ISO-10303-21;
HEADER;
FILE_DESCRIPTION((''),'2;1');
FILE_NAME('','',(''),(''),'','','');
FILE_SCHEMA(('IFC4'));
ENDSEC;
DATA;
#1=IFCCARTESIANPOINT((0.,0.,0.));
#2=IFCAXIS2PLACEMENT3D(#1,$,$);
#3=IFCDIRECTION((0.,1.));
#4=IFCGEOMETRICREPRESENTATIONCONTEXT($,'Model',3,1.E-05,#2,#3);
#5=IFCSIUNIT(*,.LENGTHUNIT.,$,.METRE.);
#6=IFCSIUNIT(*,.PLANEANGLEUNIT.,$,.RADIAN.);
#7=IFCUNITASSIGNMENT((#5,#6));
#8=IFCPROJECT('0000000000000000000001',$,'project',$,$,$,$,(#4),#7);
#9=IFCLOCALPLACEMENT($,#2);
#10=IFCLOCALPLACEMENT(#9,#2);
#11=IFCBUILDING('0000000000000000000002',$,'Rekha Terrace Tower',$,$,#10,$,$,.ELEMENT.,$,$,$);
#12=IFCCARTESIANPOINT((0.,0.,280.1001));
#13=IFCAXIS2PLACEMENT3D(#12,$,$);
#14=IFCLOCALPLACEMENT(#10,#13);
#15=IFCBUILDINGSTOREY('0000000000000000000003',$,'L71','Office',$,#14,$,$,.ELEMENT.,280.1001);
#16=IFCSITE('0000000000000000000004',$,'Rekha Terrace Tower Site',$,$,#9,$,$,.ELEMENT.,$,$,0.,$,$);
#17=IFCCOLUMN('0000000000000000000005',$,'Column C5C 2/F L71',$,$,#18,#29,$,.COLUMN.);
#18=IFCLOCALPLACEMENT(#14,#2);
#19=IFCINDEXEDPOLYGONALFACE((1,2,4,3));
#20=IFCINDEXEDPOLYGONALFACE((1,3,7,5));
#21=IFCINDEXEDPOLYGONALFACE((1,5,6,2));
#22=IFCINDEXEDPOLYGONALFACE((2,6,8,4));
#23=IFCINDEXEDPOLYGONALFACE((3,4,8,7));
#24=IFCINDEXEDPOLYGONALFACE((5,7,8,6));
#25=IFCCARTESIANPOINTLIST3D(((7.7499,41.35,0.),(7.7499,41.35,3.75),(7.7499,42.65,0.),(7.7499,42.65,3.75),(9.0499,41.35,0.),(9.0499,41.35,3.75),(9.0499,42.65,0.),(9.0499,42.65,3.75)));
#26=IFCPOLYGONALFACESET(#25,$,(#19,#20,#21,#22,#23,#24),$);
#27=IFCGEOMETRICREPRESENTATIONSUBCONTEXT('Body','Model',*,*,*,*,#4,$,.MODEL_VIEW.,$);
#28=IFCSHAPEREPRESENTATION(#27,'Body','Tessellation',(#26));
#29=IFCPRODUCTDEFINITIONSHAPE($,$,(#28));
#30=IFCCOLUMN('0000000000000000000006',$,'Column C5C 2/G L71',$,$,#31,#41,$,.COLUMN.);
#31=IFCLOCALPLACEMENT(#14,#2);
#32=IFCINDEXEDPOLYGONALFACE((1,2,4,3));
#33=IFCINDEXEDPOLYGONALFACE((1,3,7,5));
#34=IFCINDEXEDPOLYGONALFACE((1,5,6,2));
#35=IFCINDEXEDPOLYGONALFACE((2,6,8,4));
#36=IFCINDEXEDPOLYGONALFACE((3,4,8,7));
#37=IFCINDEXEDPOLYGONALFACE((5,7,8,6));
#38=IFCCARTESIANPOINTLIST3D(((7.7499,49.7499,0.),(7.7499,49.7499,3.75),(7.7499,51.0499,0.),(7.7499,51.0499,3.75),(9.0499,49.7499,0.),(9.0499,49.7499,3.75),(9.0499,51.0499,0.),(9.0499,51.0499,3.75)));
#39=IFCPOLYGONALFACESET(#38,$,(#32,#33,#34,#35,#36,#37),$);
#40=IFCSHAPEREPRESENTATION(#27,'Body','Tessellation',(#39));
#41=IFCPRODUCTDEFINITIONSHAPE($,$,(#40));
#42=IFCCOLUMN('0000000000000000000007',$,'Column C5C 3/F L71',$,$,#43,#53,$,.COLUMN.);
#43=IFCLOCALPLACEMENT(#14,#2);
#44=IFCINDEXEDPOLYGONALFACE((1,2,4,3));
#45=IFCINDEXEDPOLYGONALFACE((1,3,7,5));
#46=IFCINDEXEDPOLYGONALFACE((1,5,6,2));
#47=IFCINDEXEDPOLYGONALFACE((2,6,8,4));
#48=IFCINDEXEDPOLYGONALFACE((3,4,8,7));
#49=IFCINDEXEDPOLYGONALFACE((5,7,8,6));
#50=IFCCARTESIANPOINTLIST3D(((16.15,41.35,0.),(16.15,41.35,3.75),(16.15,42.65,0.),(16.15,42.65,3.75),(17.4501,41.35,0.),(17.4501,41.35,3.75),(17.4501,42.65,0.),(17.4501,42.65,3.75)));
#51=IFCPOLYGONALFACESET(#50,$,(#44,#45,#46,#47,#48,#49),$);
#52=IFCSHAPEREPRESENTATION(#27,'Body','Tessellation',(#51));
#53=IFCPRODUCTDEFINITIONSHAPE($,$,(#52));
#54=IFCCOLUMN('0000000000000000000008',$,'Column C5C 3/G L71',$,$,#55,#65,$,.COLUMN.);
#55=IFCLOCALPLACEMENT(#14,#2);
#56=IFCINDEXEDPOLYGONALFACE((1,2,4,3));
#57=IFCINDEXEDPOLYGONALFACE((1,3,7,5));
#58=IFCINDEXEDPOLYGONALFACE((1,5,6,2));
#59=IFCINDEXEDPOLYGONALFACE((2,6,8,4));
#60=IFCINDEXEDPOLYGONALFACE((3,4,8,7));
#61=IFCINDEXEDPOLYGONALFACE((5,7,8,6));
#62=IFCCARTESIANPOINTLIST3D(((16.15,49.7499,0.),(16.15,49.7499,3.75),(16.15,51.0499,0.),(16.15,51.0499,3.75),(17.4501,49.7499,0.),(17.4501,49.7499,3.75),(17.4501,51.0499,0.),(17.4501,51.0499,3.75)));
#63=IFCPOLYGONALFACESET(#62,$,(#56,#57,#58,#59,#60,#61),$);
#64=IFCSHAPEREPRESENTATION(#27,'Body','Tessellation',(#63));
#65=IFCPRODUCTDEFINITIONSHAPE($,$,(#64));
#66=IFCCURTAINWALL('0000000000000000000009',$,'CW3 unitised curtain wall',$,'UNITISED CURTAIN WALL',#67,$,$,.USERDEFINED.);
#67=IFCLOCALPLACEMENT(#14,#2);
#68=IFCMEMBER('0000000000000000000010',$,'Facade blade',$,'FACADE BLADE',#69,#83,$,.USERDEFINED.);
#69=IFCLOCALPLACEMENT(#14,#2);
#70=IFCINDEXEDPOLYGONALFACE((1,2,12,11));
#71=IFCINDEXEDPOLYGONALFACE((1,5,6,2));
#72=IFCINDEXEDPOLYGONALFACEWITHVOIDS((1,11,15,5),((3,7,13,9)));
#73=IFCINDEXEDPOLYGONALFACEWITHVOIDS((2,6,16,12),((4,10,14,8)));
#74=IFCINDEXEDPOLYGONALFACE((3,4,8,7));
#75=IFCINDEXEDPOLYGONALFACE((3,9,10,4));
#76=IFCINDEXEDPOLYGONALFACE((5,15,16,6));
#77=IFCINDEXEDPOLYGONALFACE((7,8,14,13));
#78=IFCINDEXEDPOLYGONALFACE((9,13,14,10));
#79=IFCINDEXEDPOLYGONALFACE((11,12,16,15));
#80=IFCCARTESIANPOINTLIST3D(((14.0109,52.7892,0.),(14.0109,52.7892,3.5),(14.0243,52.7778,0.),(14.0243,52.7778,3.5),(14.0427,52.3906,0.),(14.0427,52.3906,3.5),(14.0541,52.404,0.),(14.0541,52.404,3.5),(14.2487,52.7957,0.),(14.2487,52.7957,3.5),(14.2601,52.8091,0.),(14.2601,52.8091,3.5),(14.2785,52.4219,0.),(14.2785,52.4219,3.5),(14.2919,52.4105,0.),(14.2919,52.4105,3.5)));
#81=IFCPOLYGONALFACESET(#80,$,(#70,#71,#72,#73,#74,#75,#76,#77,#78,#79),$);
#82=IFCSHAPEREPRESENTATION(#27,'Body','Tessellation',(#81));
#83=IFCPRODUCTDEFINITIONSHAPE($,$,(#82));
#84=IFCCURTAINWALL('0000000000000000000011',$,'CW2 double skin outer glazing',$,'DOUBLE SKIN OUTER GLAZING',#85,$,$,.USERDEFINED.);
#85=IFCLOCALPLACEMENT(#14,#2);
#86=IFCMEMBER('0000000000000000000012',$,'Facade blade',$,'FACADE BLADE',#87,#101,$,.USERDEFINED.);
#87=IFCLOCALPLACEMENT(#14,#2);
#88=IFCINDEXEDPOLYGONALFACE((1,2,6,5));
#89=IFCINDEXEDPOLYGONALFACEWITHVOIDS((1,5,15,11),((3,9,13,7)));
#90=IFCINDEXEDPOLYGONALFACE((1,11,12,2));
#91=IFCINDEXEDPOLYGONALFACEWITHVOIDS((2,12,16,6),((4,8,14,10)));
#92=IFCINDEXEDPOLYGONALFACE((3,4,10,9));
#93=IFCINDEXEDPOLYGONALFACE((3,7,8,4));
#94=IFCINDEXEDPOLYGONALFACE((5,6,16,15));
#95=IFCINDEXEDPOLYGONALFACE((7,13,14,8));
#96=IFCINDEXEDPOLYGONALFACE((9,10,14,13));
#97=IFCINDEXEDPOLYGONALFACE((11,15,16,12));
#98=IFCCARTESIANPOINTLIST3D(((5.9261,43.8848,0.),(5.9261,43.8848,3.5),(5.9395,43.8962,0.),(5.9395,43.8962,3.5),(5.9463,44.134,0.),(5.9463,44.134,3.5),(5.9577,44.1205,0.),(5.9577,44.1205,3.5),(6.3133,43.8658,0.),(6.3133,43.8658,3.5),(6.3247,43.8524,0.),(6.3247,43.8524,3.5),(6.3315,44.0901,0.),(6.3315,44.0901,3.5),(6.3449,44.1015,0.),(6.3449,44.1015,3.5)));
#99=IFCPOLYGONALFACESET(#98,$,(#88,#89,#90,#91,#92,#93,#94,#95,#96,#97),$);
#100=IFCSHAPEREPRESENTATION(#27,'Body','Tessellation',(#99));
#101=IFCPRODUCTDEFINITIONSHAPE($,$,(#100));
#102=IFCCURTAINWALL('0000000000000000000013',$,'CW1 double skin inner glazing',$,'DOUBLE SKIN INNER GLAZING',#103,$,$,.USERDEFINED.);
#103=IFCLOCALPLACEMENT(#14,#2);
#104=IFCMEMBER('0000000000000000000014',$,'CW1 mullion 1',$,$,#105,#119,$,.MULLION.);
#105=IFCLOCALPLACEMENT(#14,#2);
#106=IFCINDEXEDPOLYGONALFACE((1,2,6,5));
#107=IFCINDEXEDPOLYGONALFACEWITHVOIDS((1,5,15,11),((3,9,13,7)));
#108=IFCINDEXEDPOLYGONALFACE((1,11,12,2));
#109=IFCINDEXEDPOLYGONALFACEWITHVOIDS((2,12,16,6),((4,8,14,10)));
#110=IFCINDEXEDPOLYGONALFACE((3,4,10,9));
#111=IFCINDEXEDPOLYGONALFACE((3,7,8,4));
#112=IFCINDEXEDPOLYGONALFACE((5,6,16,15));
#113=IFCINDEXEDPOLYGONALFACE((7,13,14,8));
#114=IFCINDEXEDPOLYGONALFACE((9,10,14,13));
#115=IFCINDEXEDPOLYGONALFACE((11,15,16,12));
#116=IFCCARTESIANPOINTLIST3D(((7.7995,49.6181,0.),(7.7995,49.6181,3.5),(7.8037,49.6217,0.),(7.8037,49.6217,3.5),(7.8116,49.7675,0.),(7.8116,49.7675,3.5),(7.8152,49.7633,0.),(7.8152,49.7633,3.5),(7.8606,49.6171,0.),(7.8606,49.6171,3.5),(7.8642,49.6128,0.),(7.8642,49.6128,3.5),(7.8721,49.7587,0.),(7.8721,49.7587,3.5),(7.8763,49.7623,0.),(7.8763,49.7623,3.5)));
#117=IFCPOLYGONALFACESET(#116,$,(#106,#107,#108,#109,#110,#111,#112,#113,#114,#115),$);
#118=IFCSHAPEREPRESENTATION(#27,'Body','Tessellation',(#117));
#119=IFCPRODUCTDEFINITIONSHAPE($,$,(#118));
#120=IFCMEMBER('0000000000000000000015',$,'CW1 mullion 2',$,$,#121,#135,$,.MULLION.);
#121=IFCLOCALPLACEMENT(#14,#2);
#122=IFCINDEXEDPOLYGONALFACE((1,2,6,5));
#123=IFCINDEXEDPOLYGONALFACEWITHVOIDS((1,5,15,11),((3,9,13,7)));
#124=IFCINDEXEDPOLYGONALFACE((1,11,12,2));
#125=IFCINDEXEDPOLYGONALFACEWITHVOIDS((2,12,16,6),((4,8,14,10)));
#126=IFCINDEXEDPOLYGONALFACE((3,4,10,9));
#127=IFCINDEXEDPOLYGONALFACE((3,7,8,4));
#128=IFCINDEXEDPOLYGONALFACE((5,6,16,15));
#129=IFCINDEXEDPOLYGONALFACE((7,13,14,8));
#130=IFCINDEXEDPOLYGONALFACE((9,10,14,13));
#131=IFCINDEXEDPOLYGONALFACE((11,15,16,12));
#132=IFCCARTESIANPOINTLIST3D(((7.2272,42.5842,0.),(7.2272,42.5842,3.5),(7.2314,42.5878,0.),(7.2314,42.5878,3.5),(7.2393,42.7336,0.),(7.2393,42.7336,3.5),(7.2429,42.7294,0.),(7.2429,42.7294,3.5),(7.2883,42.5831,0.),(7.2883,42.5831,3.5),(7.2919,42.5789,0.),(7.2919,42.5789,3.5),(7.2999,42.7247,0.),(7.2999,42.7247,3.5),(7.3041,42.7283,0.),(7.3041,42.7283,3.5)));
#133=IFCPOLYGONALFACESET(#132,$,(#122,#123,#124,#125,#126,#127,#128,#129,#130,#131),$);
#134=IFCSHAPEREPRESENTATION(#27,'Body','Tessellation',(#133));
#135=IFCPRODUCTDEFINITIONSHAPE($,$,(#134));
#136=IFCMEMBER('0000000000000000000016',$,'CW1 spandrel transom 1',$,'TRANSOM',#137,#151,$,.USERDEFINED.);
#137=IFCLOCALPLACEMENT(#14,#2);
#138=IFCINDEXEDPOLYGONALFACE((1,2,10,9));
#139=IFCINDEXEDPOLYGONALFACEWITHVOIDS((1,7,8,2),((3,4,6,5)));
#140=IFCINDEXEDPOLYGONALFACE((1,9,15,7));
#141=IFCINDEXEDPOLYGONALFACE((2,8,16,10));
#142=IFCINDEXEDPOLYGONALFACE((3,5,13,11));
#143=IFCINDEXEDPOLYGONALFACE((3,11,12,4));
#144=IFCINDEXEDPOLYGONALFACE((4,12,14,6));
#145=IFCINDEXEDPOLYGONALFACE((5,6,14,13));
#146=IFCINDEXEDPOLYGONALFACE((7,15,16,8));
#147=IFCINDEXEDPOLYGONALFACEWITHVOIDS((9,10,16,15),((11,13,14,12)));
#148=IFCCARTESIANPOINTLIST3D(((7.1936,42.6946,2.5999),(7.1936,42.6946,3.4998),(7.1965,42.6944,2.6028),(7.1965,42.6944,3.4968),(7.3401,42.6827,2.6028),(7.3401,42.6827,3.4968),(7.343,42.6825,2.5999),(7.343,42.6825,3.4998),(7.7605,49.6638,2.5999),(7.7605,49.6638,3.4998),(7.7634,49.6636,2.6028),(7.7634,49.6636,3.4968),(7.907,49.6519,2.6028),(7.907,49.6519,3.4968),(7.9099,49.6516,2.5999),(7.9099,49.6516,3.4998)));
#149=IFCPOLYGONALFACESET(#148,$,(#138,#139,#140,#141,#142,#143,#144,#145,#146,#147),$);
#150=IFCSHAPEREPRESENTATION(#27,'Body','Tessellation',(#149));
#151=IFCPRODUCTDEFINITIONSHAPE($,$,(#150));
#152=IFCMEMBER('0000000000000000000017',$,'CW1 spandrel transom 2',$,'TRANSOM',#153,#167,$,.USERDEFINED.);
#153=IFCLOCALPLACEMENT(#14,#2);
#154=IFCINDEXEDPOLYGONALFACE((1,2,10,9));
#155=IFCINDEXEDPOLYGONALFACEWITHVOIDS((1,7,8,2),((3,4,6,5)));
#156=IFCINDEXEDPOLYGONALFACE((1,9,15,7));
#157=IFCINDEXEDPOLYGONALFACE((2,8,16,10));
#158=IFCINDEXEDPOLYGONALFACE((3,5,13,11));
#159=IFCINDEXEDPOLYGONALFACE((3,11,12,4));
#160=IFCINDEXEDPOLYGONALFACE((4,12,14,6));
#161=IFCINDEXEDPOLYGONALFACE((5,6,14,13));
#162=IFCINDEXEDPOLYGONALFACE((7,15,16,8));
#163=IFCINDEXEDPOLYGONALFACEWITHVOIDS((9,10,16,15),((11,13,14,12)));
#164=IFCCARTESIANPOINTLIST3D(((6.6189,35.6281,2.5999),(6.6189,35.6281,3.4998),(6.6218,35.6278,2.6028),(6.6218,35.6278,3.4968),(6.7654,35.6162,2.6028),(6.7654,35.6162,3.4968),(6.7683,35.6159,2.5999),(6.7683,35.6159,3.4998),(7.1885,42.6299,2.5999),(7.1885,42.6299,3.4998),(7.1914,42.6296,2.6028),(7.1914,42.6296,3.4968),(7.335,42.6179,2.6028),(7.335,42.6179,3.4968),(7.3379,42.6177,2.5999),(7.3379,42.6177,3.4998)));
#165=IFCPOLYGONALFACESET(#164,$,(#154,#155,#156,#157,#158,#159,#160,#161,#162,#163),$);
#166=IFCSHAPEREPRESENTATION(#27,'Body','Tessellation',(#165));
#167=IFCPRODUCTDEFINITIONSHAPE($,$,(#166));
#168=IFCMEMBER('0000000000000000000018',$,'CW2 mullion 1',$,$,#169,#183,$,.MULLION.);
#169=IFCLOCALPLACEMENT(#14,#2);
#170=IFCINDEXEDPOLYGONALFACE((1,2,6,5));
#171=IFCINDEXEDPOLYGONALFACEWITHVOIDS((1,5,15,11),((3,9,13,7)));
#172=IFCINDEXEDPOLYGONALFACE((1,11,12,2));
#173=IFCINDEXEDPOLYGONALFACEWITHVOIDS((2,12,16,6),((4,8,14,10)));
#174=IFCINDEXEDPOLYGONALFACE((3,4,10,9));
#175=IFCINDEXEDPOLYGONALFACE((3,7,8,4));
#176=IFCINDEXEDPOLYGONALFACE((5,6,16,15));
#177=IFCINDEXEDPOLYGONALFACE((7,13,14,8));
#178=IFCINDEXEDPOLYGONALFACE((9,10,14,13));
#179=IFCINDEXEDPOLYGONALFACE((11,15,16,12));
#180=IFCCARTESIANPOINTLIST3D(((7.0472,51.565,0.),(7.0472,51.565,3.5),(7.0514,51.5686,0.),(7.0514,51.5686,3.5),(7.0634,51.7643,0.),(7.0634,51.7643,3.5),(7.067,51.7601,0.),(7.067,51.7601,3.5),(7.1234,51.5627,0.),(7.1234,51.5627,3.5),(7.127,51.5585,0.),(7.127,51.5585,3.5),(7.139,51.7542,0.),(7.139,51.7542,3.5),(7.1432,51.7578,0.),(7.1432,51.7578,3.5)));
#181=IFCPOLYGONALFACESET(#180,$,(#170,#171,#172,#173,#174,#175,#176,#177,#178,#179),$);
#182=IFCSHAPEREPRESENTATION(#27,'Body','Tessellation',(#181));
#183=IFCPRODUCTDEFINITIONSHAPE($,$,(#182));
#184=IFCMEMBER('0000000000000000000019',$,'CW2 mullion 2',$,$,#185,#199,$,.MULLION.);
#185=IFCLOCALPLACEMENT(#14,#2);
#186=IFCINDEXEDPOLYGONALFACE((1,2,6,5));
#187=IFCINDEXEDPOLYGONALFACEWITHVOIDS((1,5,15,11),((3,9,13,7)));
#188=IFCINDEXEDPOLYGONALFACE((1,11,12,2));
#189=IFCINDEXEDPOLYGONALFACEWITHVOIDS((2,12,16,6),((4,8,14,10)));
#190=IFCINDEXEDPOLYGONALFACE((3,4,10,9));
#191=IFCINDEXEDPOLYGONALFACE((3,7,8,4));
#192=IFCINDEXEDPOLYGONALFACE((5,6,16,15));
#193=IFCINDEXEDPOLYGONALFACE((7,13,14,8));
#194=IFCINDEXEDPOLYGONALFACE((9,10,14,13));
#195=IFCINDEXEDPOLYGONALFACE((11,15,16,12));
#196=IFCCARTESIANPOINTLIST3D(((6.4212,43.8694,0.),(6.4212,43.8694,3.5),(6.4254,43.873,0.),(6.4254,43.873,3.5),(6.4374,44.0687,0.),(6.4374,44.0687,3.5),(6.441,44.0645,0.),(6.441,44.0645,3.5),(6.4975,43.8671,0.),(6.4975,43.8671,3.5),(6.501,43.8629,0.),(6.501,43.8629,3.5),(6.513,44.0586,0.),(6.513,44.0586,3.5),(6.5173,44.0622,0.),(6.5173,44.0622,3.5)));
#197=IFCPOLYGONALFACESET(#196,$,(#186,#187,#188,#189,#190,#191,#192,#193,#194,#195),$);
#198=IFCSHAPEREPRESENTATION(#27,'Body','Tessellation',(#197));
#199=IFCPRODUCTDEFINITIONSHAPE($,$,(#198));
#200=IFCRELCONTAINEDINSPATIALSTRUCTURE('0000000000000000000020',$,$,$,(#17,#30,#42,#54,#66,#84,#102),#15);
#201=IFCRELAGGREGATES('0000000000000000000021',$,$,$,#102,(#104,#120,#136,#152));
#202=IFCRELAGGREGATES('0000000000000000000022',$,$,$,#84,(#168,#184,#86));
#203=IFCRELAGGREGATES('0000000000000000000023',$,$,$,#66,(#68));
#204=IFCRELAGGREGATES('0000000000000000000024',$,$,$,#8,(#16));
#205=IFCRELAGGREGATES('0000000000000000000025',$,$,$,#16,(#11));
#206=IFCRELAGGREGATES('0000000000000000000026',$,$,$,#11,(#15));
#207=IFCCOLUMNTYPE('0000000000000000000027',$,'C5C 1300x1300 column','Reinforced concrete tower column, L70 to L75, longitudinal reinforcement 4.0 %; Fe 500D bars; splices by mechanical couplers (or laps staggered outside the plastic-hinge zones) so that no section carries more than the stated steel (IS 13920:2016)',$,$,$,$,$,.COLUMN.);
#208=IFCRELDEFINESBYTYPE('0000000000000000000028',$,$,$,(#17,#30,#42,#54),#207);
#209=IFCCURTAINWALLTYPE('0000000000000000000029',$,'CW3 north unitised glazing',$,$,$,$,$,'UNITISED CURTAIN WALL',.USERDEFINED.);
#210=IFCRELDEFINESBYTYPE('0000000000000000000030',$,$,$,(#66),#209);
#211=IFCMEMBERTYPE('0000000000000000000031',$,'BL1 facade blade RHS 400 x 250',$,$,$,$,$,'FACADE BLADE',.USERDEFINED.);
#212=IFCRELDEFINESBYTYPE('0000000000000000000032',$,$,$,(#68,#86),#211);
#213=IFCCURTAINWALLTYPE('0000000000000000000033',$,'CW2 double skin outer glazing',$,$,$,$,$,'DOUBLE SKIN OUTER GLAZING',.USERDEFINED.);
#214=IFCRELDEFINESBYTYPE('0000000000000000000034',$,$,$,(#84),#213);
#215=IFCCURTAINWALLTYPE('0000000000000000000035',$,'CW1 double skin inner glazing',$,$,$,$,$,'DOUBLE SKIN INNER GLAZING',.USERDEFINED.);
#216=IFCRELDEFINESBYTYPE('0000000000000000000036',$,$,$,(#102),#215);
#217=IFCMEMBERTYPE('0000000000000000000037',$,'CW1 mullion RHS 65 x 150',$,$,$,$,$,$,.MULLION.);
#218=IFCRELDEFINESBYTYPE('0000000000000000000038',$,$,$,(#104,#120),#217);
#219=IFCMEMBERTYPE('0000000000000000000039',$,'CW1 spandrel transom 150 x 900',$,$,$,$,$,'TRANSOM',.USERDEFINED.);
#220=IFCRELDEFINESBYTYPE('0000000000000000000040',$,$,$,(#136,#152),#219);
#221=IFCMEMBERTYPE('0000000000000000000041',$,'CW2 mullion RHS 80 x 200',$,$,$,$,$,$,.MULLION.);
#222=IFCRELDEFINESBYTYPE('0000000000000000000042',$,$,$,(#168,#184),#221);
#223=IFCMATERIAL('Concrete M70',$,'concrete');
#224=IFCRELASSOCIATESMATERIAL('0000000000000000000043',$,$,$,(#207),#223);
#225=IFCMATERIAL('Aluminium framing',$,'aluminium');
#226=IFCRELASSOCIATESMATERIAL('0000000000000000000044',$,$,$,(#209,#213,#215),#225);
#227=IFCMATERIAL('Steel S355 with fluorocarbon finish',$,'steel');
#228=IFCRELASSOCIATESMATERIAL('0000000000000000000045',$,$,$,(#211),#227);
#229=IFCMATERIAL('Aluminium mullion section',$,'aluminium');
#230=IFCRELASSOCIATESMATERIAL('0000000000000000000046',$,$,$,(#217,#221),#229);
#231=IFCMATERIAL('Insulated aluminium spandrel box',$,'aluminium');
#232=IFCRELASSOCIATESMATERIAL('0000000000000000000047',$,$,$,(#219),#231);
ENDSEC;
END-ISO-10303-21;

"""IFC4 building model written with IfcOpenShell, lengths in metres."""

from ifc_helpers import new_model, si_unit, direction, frame, origin, origin_2d, place, context, subcontext, project, spatial, rectangle, hollow_rectangle, extrude, material, material_profile, profile_set, type_object, element, aggregate, save


model = new_model("IFC4")

# Units and contexts
model_context = context("Model", 3, precision=1e-05, world=origin(), true_north=direction((0.0, 1.0)))
body_context = subcontext(model_context, "Body", "Model", "MODEL_VIEW")
ifc_project = project(units=[si_unit("LENGTHUNIT", "METRE"), si_unit("PLANEANGLEUNIT", "RADIAN")], contexts=[model_context])

# Site, building, storey
site_placement = place(None, origin())
site = spatial("IfcSite", under=ifc_project, at=site_placement, Name="Rekha Terrace Tower Site", CompositionType="ELEMENT", RefElevation=0.0)
building_placement = place(site_placement, origin())
building = spatial("IfcBuilding", under=site, at=building_placement, Name="Rekha Terrace Tower", CompositionType="ELEMENT")
storey_placement = place(building_placement, frame((0.0, 0.0, 280.1001)))
storey = spatial("IfcBuildingStorey", under=building, at=storey_placement, Name="L71", Description="Office", CompositionType="ELEMENT", Elevation=280.1001)

# Columns
ifc_material_1 = material(Name="Concrete M70", Category="concrete")
ifc_material_profile_1 = material_profile(ifc_material_1, rectangle(XDim=1.3, YDim=1.3, at=origin_2d()), Name="RC 1300x1300")
ifc_profile_set_1 = profile_set([ifc_material_profile_1], Name="Concrete M70")
column_type = type_object("IfcColumnType", Name="C5C 1300x1300 column", Description="Reinforced concrete tower column, L70 to L75, longitudinal reinforcement 4.0 %; Fe 500D bars; splices by mechanical couplers (or laps staggered outside the plastic-hinge zones) so that no section carries more than the stated steel (IS 13920:2016)", PredefinedType="COLUMN", material=ifc_profile_set_1)
for number, where, z_axis, x_axis, name in (
    (1, (8.3999, 42.0, 0.0), (0.0, 0.0, 1.0), (1.0, 0.0, 0.0), "Column C5C 2/F L71"),
    (2, (8.3999, 50.3999, 0.0), (0.0, 0.0, 1.0), (1.0, 0.0, 0.0), "Column C5C 2/G L71"),
    (3, (16.8, 42.0, 0.0), (0.0, 0.0, 1.0), (1.0, 0.0, 0.0), "Column C5C 3/F L71"),
    (4, (16.8, 50.3999, 0.0), (0.0, 0.0, 1.0), (1.0, 0.0, 0.0), "Column C5C 3/G L71"),
):
    element("IfcColumn", number, at=place(storey_placement, frame(where, z_axis=z_axis, x_axis=x_axis)), inside=storey, type_object=column_type, Name=name, PredefinedType="COLUMN", context=body_context, shape_type="SweptSolid", body=[
        extrude(rectangle(XDim=1.3, YDim=1.3, at=origin_2d()), origin(), (0.0, 0.0, 1.0), 3.75),
    ])

# Curtain walls, members
ifc_material_2 = material(Name="Aluminium framing", Category="aluminium")
curtain_wall_type_1 = type_object("IfcCurtainWallType", Name="CW3 north unitised glazing", ElementType="UNITISED CURTAIN WALL", PredefinedType="USERDEFINED", material=ifc_material_2)
curtain_wall_1_placement = place(storey_placement, origin())
curtain_wall_1 = element("IfcCurtainWall", 5, at=curtain_wall_1_placement, inside=storey, type_object=curtain_wall_type_1, Name="CW3 unitised curtain wall", ObjectType="UNITISED CURTAIN WALL", PredefinedType="USERDEFINED")
ifc_material_3 = material(Name="Steel S355 with fluorocarbon finish", Category="steel")
ifc_material_profile_2 = material_profile(ifc_material_3, hollow_rectangle(XDim=0.25, YDim=0.3999, WallThickness=0.0125, at=origin_2d()), Name="RHS400x250x12.5")
ifc_profile_set_2 = profile_set([ifc_material_profile_2], Name="Steel S355 with fluorocarbon finish")
member_type_1 = type_object("IfcMemberType", Name="BL1 facade blade RHS 400 x 250", ElementType="FACADE BLADE", PredefinedType="USERDEFINED", material=ifc_profile_set_2)
member_1_placement = place(storey_placement, frame((14.1514, 52.5999, 0.0), z_axis=(0.0, 0.0, 1.0), x_axis=(-0.996836, -0.079486, 0.0)))
member_1 = element("IfcMember", 6, at=member_1_placement, type_object=member_type_1, Name="Facade blade", ObjectType="FACADE BLADE", PredefinedType="USERDEFINED", context=body_context, shape_type="SweptSolid", body=[
    extrude(hollow_rectangle(XDim=0.25, YDim=0.3999, WallThickness=0.0125, at=origin_2d()), origin(), (0.0, 0.0, 1.0), 3.5),
])
curtain_wall_type_2 = type_object("IfcCurtainWallType", Name="CW2 double skin outer glazing", ElementType="DOUBLE SKIN OUTER GLAZING", PredefinedType="USERDEFINED", material=ifc_material_2)
curtain_wall_2_placement = place(storey_placement, origin())
curtain_wall_2 = element("IfcCurtainWall", 7, at=curtain_wall_2_placement, inside=storey, type_object=curtain_wall_type_2, Name="CW2 double skin outer glazing", ObjectType="DOUBLE SKIN OUTER GLAZING", PredefinedType="USERDEFINED")
member_2_placement = place(storey_placement, frame((6.1355, 43.9932, 0.0), z_axis=(0.0, 0.0, 1.0), x_axis=(-0.081069, -0.996709, 0.0)))
member_2 = element("IfcMember", 8, at=member_2_placement, type_object=member_type_1, Name="Facade blade", ObjectType="FACADE BLADE", PredefinedType="USERDEFINED", context=body_context, shape_type="SweptSolid", body=[
    extrude(hollow_rectangle(XDim=0.25, YDim=0.3999, WallThickness=0.0125, at=origin_2d()), origin(), (0.0, 0.0, 1.0), 3.5),
])

# Curtain wall, members
curtain_wall_type_3 = type_object("IfcCurtainWallType", Name="CW1 double skin inner glazing", ElementType="DOUBLE SKIN INNER GLAZING", PredefinedType="USERDEFINED", material=ifc_material_2)
curtain_wall_3_placement = place(storey_placement, origin())
curtain_wall_3 = element("IfcCurtainWall", 9, at=curtain_wall_3_placement, inside=storey, type_object=curtain_wall_type_3, Name="CW1 double skin inner glazing", ObjectType="DOUBLE SKIN INNER GLAZING", PredefinedType="USERDEFINED")
ifc_material_4 = material(Name="Aluminium mullion section", Category="aluminium")
ifc_material_profile_3 = material_profile(ifc_material_4, hollow_rectangle(XDim=0.0649, YDim=0.1499, WallThickness=0.0039, at=origin_2d()), Name="AL RHS 65x150")
ifc_profile_set_3 = profile_set([ifc_material_profile_3], Name="Aluminium mullion section")
member_type_2 = type_object("IfcMemberType", Name="CW1 mullion RHS 65 x 150", PredefinedType="MULLION", material=ifc_profile_set_3)
member_3_placement = place(storey_placement, frame((7.8379, 49.6902, 0.0), z_axis=(0.0, 0.0, 1.0), x_axis=(0.996709, -0.081068, 0.0)))
member_3 = element("IfcMember", 10, at=member_3_placement, type_object=member_type_2, Name="CW1 mullion 1", PredefinedType="MULLION", context=body_context, shape_type="SweptSolid", body=[
    extrude(hollow_rectangle(XDim=0.0649, YDim=0.1499, WallThickness=0.0039, at=origin_2d()), origin(), (0.0, 0.0, 1.0), 3.5),
])
member_4_placement = place(storey_placement, frame((7.2656, 42.6562, 0.0), z_axis=(0.0, 0.0, 1.0), x_axis=(0.996709, -0.081068, 0.0)))
member_4 = element("IfcMember", 11, at=member_4_placement, type_object=member_type_2, Name="CW1 mullion 2", PredefinedType="MULLION", context=body_context, shape_type="SweptSolid", body=[
    extrude(hollow_rectangle(XDim=0.0649, YDim=0.1499, WallThickness=0.0039, at=origin_2d()), origin(), (0.0, 0.0, 1.0), 3.5),
])
ifc_material_5 = material(Name="Insulated aluminium spandrel box", Category="aluminium")
ifc_material_profile_4 = material_profile(ifc_material_5, hollow_rectangle(XDim=0.1499, YDim=0.8999, WallThickness=0.0029, at=origin_2d()), Name="AL SPANDREL BOX 150x900")
ifc_profile_set_4 = profile_set([ifc_material_profile_4], Name="Insulated aluminium spandrel box")
member_type_3 = type_object("IfcMemberType", Name="CW1 spandrel transom 150 x 900", ElementType="TRANSOM", PredefinedType="USERDEFINED", material=ifc_profile_set_4)
member_5_placement = place(storey_placement, frame((7.8352, 49.6577, 3.0498), z_axis=(-0.081075, -0.996708, 0.0), x_axis=(0.996708, -0.081075, 0.0)))
member_5 = element("IfcMember", 12, at=member_5_placement, type_object=member_type_3, Name="CW1 spandrel transom 1", ObjectType="TRANSOM", PredefinedType="USERDEFINED", context=body_context, shape_type="SweptSolid", body=[
    extrude(hollow_rectangle(XDim=0.1499, YDim=0.8999, WallThickness=0.0029, at=origin_2d()), origin(), (0.0, 0.0, 1.0), 6.9922),
])
member_6_placement = place(storey_placement, frame((7.2632, 42.6238, 3.0498), z_axis=(-0.081081, -0.996708, 0.0), x_axis=(0.996708, -0.081081, 0.0)))
member_6 = element("IfcMember", 13, at=member_6_placement, type_object=member_type_3, Name="CW1 spandrel transom 2", ObjectType="TRANSOM", PredefinedType="USERDEFINED", context=body_context, shape_type="SweptSolid", body=[
    extrude(hollow_rectangle(XDim=0.1499, YDim=0.8999, WallThickness=0.0029, at=origin_2d()), origin(), (0.0, 0.0, 1.0), 7.0249),
])

# Members
ifc_material_profile_5 = material_profile(ifc_material_4, hollow_rectangle(XDim=0.0801, YDim=0.2, WallThickness=0.0039, at=origin_2d()), Name="AL RHS 80x200")
ifc_profile_set_5 = profile_set([ifc_material_profile_5], Name="Aluminium mullion section")
member_type_4 = type_object("IfcMemberType", Name="CW2 mullion RHS 80 x 200", PredefinedType="MULLION", material=ifc_profile_set_5)
member_7_placement = place(storey_placement, frame((7.0952, 51.6614, 0.0), z_axis=(0.0, 0.0, 1.0), x_axis=(0.996709, -0.081068, 0.0)))
member_7 = element("IfcMember", 14, at=member_7_placement, type_object=member_type_4, Name="CW2 mullion 1", PredefinedType="MULLION", context=body_context, shape_type="SweptSolid", body=[
    extrude(hollow_rectangle(XDim=0.0801, YDim=0.2, WallThickness=0.0039, at=origin_2d()), origin(), (0.0, 0.0, 1.0), 3.5),
])
member_8_placement = place(storey_placement, frame((6.4692, 43.9658, 0.0), z_axis=(0.0, 0.0, 1.0), x_axis=(0.996709, -0.081068, 0.0)))
member_8 = element("IfcMember", 15, at=member_8_placement, type_object=member_type_4, Name="CW2 mullion 2", PredefinedType="MULLION", context=body_context, shape_type="SweptSolid", body=[
    extrude(hollow_rectangle(XDim=0.0801, YDim=0.2, WallThickness=0.0039, at=origin_2d()), origin(), (0.0, 0.0, 1.0), 3.5),
])

aggregate(curtain_wall_3, [member_3, member_4, member_5, member_6])
aggregate(curtain_wall_2, [member_7, member_8, member_2])
aggregate(curtain_wall_1, [member_1])

save(model, "model.ifc")
